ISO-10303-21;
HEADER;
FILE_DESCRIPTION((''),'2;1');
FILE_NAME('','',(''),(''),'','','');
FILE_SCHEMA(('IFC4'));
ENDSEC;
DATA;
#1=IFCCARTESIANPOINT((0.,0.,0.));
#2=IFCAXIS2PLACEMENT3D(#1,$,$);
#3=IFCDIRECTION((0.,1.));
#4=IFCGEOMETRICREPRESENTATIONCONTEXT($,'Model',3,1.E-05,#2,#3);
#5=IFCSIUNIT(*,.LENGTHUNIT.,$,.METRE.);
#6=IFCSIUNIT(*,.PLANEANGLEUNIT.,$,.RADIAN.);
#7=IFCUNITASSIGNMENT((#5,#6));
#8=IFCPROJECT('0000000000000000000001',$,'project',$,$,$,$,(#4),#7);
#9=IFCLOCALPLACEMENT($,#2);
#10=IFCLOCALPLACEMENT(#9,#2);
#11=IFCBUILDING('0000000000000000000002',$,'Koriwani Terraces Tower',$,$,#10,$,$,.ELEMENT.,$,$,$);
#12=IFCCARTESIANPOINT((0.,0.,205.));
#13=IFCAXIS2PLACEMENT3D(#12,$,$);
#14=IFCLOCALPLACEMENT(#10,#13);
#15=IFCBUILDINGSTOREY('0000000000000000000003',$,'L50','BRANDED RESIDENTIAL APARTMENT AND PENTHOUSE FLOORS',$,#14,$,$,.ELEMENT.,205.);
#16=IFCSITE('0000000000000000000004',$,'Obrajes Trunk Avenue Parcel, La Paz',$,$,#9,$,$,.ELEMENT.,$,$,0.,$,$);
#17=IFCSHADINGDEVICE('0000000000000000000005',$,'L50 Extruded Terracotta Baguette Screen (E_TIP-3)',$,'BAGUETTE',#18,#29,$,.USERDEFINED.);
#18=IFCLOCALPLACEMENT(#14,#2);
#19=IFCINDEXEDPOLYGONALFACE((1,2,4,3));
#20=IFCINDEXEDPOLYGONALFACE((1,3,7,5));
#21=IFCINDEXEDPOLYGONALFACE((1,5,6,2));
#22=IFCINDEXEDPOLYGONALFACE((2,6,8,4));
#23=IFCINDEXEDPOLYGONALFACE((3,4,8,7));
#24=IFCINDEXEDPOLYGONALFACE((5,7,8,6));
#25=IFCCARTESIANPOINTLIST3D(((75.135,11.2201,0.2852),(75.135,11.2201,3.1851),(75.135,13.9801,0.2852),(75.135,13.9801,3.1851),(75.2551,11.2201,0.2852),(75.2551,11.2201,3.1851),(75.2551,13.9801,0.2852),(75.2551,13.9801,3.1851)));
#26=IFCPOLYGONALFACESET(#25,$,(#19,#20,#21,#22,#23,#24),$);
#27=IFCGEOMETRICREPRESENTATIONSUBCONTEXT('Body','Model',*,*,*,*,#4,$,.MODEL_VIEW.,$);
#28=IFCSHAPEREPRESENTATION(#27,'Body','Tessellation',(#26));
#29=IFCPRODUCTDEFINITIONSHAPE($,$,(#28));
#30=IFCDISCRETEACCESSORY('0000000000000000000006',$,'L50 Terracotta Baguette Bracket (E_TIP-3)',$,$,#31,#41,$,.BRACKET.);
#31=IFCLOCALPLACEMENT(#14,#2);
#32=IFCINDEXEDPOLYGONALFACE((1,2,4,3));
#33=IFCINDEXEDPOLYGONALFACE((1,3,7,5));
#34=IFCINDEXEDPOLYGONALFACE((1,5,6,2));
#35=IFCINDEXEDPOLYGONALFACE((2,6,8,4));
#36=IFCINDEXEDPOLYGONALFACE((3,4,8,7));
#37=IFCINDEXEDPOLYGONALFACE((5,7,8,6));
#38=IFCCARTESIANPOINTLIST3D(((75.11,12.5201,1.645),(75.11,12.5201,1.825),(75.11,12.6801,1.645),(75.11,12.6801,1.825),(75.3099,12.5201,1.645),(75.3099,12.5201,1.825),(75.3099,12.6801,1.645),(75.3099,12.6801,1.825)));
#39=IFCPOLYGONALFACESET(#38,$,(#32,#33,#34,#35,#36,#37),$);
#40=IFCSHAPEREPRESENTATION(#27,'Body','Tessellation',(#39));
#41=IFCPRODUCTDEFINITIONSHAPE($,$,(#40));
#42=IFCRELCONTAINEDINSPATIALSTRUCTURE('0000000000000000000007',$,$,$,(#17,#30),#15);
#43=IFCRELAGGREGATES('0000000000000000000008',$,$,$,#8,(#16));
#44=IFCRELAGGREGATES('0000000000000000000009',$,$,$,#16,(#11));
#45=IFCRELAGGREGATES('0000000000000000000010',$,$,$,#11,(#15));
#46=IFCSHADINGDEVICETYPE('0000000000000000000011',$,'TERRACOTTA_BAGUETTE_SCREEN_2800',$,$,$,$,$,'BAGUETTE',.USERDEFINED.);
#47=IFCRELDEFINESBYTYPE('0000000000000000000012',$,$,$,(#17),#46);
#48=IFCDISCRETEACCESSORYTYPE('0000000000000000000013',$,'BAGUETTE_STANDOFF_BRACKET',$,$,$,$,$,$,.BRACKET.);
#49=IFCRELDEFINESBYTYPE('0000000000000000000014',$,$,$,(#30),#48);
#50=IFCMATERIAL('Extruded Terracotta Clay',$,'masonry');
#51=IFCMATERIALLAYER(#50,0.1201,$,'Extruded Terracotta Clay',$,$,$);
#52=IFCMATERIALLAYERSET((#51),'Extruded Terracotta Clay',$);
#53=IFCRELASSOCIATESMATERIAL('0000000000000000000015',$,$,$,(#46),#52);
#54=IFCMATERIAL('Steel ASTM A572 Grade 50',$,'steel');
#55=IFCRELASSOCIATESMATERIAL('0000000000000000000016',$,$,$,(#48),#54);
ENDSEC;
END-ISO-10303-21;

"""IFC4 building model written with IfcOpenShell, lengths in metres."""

from ifc_helpers import new_model, si_unit, direction, frame, origin, origin_2d, place, context, subcontext, project, spatial, rectangle, extrude, material, layer, layer_set, type_object, element, save


model = new_model("IFC4")

# Units and contexts
model_context = context("Model", 3, precision=1e-05, world=origin(), true_north=direction((0.0, 1.0)))
body_context = subcontext(model_context, "Body", "Model", "MODEL_VIEW")
ifc_project = project(units=[si_unit("LENGTHUNIT", "METRE"), si_unit("PLANEANGLEUNIT", "RADIAN")], contexts=[model_context])

# Site, building, storey
site_placement = place(None, origin())
site = spatial("IfcSite", under=ifc_project, at=site_placement, Name="Obrajes Trunk Avenue Parcel, La Paz", CompositionType="ELEMENT", RefElevation=0.0)
building_placement = place(site_placement, origin())
building = spatial("IfcBuilding", under=site, at=building_placement, Name="Koriwani Terraces Tower", CompositionType="ELEMENT")
storey_placement = place(building_placement, frame((0.0, 0.0, 205.0)))
storey = spatial("IfcBuildingStorey", under=building, at=storey_placement, Name="L50", Description="BRANDED RESIDENTIAL APARTMENT AND PENTHOUSE FLOORS", CompositionType="ELEMENT", Elevation=205.0)

# Shared definitions
ifc_material_1 = material(Name="Steel ASTM A572 Grade 50", Category="steel")

# Shading device
ifc_material_2 = material(Name="Extruded Terracotta Clay", Category="masonry")
ifc_layer_1 = layer(ifc_material_2, 0.1201, Name="Extruded Terracotta Clay")
ifc_layer_set_1 = layer_set([ifc_layer_1], Name="Extruded Terracotta Clay")
shading_device_type = type_object("IfcShadingDeviceType", Name="TERRACOTTA_BAGUETTE_SCREEN_2800", ElementType="BAGUETTE", PredefinedType="USERDEFINED", material=ifc_layer_set_1)
shading_device_placement = place(storey_placement, frame((75.1951, 12.6001, 0.2852), z_axis=(0.0, 0.0, 1.0), x_axis=(0.0, -1.0, 0.0)))
element("IfcShadingDevice", 1, at=shading_device_placement, inside=storey, type_object=shading_device_type, Name="L50 Extruded Terracotta Baguette Screen (E_TIP-3)", ObjectType="BAGUETTE", PredefinedType="USERDEFINED", context=body_context, shape_type="SweptSolid", body=[
    extrude(rectangle(XDim=2.76, YDim=0.1201, at=origin_2d()), origin(), (0.0, 0.0, 1.0), 2.8999),
])

# Discrete accessory
discrete_accessory_type = type_object("IfcDiscreteAccessoryType", Name="BAGUETTE_STANDOFF_BRACKET", PredefinedType="BRACKET", material=ifc_material_1)
discrete_accessory_placement = place(storey_placement, frame((75.21, 12.6001, 1.645), z_axis=(0.0, 0.0, 1.0), x_axis=(0.0, -1.0, 0.0)))
element("IfcDiscreteAccessory", 2, at=discrete_accessory_placement, inside=storey, type_object=discrete_accessory_type, Name="L50 Terracotta Baguette Bracket (E_TIP-3)", PredefinedType="BRACKET", context=body_context, shape_type="SweptSolid", body=[
    extrude(rectangle(XDim=0.1599, YDim=0.2, at=origin_2d()), origin(), (0.0, 0.0, 1.0), 0.1799),
])

save(model, "model.ifc")
